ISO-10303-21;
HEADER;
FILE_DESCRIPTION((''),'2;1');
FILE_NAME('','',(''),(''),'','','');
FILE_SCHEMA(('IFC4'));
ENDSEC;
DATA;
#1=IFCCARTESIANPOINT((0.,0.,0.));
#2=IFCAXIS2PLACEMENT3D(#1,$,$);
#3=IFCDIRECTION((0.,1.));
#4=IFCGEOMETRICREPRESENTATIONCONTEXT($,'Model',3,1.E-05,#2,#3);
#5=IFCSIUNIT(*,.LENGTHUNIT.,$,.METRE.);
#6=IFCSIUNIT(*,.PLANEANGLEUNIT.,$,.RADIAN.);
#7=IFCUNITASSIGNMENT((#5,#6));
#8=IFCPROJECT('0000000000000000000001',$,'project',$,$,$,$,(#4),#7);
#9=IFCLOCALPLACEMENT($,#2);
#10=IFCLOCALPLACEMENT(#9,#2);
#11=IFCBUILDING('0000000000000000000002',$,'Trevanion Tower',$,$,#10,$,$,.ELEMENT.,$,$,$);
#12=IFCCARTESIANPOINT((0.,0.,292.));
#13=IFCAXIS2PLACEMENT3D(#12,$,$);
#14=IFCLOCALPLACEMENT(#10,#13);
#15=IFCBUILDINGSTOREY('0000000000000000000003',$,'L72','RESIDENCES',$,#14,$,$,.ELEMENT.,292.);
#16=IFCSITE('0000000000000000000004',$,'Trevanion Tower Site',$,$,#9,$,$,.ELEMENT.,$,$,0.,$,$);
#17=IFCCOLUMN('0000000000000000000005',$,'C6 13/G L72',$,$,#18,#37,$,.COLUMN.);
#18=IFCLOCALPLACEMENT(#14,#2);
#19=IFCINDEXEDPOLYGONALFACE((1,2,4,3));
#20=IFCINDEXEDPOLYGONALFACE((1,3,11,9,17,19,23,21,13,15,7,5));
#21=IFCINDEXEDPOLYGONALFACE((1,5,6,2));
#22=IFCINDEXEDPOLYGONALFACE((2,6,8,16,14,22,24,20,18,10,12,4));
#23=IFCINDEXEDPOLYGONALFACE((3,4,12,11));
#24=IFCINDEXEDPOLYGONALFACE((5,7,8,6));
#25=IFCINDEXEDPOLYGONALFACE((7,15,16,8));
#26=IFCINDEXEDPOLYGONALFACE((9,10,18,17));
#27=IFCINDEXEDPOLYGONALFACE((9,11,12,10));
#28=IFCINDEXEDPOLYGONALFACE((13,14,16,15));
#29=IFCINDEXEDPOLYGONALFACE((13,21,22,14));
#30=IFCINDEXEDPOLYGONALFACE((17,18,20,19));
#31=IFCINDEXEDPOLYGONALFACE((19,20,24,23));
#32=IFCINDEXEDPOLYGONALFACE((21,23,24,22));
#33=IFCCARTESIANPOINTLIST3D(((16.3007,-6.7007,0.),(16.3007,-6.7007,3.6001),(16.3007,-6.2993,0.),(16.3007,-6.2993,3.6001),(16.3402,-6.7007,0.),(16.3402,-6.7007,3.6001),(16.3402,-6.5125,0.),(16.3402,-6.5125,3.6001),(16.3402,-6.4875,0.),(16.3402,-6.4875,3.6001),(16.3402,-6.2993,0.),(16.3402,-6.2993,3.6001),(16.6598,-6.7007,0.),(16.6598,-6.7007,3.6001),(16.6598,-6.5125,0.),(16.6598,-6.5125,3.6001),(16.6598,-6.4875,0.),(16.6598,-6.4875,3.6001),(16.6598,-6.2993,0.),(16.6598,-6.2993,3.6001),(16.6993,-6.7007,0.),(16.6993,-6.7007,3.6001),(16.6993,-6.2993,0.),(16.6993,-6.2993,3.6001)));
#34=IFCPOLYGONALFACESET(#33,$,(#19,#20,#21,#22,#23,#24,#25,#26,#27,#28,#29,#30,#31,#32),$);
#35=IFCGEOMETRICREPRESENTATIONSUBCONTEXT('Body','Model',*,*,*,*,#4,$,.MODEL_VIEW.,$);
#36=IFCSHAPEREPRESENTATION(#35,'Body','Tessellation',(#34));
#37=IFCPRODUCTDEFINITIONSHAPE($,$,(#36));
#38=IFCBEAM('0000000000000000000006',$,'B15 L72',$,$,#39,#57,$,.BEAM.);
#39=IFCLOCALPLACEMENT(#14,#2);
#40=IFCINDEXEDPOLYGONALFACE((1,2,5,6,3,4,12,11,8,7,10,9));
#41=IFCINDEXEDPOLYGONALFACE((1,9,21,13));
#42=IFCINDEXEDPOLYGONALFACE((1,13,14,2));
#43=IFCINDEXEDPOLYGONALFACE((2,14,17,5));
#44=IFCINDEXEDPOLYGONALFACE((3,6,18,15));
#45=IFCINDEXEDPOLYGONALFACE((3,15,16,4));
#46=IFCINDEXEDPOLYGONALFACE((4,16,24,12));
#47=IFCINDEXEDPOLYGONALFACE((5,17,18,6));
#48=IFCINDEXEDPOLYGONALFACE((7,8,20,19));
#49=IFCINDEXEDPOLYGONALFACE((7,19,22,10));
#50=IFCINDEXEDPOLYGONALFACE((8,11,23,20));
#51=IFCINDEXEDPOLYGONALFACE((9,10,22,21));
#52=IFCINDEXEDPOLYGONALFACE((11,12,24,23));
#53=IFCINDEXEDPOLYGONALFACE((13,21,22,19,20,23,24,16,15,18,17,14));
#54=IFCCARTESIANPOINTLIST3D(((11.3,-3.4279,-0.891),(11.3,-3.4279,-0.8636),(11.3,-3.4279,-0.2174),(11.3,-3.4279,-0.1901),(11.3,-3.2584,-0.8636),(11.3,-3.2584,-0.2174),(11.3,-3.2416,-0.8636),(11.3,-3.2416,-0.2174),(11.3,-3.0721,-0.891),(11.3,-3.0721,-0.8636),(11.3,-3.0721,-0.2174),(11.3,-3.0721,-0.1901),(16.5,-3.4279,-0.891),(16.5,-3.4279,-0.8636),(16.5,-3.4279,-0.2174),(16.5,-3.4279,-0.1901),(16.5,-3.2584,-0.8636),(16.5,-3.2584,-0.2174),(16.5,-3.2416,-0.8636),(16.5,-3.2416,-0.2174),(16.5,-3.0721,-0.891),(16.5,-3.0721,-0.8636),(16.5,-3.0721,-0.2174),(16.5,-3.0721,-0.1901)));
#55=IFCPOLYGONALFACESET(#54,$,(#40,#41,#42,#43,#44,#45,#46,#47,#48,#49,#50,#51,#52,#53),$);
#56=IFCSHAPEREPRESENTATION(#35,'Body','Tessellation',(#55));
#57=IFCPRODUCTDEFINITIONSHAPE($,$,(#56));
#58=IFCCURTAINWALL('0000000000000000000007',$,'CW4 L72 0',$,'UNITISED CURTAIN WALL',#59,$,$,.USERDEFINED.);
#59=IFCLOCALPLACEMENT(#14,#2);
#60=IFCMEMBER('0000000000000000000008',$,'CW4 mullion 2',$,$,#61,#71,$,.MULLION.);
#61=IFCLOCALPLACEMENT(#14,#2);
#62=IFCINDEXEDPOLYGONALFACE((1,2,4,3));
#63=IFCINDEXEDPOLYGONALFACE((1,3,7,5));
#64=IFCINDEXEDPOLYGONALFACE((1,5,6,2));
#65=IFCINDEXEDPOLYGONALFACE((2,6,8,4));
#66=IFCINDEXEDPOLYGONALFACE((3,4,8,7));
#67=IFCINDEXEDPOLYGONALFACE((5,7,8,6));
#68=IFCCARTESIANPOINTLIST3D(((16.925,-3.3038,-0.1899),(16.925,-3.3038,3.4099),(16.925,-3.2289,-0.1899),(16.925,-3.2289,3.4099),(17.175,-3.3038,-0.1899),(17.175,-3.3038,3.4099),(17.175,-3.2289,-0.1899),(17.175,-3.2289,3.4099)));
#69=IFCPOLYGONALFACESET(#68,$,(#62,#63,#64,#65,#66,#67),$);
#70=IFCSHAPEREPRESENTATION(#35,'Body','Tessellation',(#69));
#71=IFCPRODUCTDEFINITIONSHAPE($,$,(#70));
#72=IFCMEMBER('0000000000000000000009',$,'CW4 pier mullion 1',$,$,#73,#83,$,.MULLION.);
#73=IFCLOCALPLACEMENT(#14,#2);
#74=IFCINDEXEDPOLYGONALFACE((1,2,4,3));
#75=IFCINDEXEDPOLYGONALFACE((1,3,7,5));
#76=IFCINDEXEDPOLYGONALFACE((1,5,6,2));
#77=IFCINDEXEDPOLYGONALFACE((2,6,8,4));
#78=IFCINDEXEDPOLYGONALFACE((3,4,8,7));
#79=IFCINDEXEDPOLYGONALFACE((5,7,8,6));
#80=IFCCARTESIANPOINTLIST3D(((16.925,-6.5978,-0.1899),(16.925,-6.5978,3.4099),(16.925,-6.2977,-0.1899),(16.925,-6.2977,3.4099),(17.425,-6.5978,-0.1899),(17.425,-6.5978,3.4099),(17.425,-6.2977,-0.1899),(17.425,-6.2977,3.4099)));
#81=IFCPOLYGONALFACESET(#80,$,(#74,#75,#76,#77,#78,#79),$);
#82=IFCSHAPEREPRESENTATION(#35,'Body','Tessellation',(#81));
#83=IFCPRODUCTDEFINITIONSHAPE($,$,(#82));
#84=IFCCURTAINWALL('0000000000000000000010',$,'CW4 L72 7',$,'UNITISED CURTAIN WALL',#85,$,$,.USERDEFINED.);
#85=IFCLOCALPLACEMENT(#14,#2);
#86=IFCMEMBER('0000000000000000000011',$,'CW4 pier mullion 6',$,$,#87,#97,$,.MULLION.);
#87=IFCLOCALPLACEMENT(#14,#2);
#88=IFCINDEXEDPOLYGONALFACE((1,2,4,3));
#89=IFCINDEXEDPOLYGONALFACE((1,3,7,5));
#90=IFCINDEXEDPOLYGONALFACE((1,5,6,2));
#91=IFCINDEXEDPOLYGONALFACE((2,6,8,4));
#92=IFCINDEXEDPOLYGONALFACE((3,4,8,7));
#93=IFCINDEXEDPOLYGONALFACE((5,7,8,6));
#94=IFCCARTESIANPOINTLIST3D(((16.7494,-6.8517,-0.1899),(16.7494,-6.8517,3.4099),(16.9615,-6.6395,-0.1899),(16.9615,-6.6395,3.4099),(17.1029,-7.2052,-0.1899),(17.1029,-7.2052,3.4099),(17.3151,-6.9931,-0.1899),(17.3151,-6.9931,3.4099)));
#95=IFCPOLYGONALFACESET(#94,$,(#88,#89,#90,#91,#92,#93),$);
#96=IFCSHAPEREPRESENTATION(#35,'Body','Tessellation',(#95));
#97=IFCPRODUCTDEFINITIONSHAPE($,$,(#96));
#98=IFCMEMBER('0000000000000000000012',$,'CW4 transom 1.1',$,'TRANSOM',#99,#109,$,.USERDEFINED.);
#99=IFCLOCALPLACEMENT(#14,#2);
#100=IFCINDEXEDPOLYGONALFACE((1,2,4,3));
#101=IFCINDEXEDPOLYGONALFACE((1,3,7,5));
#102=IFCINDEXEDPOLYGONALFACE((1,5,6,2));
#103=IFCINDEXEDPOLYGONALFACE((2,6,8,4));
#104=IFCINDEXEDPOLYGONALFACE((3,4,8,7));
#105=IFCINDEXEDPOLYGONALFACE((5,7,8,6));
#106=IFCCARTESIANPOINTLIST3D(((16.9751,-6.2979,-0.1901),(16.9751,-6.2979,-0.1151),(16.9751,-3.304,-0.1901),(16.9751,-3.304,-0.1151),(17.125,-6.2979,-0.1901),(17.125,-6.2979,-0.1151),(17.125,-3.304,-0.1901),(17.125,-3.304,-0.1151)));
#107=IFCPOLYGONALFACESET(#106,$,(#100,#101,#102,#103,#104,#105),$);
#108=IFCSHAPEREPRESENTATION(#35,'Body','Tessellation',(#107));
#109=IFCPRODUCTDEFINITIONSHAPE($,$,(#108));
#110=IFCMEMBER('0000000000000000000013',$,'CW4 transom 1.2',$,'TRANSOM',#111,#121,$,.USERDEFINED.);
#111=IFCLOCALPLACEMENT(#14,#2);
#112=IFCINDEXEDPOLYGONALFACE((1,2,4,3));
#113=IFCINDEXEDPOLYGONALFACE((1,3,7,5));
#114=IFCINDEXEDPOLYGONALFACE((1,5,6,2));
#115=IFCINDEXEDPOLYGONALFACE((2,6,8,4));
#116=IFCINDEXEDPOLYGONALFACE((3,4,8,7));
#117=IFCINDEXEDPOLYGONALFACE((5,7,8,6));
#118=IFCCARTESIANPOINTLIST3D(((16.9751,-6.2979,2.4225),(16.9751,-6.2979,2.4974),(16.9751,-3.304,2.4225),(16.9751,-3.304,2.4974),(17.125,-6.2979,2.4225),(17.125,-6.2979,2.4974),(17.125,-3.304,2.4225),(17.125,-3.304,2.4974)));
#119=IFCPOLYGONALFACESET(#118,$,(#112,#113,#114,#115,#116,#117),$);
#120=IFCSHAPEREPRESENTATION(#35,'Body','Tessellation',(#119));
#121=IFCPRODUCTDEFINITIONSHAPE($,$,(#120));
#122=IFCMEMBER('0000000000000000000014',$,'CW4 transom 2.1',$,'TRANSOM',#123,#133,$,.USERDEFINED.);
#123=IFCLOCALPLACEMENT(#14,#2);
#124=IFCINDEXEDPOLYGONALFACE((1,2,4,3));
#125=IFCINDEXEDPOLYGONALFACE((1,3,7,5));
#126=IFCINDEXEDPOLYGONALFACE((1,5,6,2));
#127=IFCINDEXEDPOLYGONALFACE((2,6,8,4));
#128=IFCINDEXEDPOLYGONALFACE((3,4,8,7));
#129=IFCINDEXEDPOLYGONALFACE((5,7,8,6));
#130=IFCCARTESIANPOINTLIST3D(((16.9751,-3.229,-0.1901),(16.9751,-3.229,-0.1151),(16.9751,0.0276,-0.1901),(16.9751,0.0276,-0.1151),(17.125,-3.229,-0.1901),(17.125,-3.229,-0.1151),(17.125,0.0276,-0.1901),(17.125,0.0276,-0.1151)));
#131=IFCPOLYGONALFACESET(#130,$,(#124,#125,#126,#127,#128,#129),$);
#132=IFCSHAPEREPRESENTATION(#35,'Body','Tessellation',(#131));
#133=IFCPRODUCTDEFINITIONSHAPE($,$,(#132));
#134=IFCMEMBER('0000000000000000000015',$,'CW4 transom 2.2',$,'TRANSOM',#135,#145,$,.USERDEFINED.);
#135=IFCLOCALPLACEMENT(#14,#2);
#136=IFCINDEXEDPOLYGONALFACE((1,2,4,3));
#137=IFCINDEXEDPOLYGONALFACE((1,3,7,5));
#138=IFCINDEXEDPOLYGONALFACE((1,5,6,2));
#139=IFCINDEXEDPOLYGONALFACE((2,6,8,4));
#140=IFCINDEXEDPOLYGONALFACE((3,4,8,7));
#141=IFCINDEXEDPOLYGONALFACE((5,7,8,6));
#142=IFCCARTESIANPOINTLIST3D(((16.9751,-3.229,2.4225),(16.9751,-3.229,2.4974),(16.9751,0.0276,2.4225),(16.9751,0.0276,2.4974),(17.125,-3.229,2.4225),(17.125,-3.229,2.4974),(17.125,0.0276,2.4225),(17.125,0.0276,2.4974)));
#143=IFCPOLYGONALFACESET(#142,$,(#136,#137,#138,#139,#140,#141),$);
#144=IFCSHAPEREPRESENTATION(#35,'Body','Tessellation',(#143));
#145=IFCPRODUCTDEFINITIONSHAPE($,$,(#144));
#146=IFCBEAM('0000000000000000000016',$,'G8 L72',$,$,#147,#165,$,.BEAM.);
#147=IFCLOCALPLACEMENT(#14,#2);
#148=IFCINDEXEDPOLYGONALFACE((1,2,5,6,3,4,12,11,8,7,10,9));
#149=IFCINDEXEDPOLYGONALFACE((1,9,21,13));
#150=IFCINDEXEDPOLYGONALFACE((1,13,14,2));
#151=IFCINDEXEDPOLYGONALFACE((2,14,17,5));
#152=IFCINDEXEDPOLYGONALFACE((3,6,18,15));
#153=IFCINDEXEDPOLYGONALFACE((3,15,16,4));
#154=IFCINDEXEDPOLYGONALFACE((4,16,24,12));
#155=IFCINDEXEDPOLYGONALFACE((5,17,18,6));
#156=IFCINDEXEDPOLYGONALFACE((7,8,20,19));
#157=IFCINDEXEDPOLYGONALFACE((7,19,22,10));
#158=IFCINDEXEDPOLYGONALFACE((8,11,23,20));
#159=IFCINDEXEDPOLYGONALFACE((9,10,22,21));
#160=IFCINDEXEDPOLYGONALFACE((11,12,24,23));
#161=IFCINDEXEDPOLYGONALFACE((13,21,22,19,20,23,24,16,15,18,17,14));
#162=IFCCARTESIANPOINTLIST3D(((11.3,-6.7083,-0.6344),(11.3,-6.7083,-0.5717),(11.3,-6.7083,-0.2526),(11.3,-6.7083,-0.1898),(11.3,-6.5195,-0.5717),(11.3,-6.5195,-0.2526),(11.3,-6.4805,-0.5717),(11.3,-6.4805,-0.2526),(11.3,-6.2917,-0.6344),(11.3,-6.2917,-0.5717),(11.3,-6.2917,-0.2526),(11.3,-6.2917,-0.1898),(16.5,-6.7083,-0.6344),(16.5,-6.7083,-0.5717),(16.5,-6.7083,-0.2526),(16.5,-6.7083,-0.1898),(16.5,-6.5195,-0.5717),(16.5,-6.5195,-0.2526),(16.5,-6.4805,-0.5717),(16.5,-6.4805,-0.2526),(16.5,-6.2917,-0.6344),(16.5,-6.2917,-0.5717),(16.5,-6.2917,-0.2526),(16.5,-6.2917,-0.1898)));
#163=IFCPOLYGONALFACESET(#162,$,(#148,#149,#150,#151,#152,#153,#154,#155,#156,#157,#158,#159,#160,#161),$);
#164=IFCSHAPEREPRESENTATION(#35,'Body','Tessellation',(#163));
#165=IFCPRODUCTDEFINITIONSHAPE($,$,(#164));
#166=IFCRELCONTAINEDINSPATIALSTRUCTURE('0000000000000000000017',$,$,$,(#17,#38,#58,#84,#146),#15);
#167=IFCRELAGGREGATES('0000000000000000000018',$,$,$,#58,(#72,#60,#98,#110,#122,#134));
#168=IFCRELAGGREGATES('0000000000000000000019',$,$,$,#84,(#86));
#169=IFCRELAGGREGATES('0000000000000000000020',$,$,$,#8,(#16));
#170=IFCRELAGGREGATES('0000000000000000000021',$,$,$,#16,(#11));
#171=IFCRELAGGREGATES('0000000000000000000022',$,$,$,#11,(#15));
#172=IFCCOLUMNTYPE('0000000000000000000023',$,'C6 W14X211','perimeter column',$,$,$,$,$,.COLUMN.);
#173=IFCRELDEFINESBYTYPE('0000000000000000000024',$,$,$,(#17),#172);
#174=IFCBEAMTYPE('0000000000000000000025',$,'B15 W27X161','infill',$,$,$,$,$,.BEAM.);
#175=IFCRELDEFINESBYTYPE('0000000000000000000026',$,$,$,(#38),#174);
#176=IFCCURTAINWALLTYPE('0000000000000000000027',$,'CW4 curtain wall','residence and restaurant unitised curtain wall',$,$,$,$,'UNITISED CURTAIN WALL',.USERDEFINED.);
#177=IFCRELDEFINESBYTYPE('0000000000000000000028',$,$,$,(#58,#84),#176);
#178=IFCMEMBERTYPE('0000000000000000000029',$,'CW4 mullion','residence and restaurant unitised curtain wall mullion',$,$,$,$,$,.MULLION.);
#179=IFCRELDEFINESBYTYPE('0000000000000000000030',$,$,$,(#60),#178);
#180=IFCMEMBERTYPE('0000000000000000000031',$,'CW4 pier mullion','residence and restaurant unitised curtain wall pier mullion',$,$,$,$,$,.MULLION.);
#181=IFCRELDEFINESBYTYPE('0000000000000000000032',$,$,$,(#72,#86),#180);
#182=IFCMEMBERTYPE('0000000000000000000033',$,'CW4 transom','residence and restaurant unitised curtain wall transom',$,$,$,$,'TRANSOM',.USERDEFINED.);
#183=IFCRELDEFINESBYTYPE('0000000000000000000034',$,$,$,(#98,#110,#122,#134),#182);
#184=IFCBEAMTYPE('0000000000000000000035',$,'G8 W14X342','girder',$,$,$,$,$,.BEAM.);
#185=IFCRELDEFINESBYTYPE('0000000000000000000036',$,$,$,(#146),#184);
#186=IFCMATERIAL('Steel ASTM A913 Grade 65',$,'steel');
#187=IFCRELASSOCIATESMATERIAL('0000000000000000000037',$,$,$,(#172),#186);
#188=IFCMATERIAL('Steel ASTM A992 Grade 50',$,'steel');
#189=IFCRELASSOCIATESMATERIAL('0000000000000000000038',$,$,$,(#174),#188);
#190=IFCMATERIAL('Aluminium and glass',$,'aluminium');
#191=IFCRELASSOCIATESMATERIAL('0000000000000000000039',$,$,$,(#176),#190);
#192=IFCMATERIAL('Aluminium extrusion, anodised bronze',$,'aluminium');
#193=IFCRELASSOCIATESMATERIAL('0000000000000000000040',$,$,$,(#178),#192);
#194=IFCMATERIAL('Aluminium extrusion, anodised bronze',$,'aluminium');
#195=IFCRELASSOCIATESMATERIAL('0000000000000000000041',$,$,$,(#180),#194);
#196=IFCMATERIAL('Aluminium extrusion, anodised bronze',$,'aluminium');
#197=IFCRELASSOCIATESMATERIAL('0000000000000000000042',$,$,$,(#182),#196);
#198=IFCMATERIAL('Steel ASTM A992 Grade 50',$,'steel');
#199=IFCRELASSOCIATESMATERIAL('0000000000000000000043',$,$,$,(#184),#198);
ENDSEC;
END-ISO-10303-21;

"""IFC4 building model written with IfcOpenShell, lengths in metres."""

from ifc_helpers import new_model, si_unit, direction, frame, origin, origin_2d, place, context, subcontext, project, spatial, rectangle, i_section, extrude, material, material_profile, profile_set, type_object, element, aggregate, save


model = new_model("IFC4")

# Units and contexts
model_context = context("Model", 3, precision=1e-05, world=origin(), true_north=direction((0.0, 1.0)))
body_context = subcontext(model_context, "Body", "Model", "MODEL_VIEW")
ifc_project = project(units=[si_unit("LENGTHUNIT", "METRE"), si_unit("PLANEANGLEUNIT", "RADIAN")], contexts=[model_context])

# Site, building, storey
site_placement = place(None, origin())
site = spatial("IfcSite", under=ifc_project, at=site_placement, Name="Trevanion Tower Site", CompositionType="ELEMENT", RefElevation=0.0)
building_placement = place(site_placement, origin())
building = spatial("IfcBuilding", under=site, at=building_placement, Name="Trevanion Tower", CompositionType="ELEMENT")
storey_placement = place(building_placement, frame((0.0, 0.0, 292.0)))
storey = spatial("IfcBuildingStorey", under=building, at=storey_placement, Name="L72", Description="RESIDENCES", CompositionType="ELEMENT", Elevation=292.0)

# Column
ifc_material_1 = material(Name="Steel ASTM A913 Grade 65", Category="steel")
ifc_material_profile_1 = material_profile(ifc_material_1, i_section(OverallWidth=0.4014, OverallDepth=0.3987, WebThickness=0.0249, FlangeThickness=0.0396, at=origin_2d()), Name="W14X211")
ifc_profile_set_1 = profile_set([ifc_material_profile_1], Name="Steel ASTM A913 Grade 65")
column_type = type_object("IfcColumnType", Name="C6 W14X211", Description="perimeter column", PredefinedType="COLUMN", material=ifc_profile_set_1)
column_placement = place(storey_placement, frame((16.5, -6.5, 0.0), z_axis=(0.0, 0.0, 1.0), x_axis=(0.0, 1.0, 0.0)))
element("IfcColumn", 1, at=column_placement, inside=storey, type_object=column_type, Name="C6 13/G L72", PredefinedType="COLUMN", context=body_context, shape_type="SweptSolid", body=[
    extrude(i_section(OverallWidth=0.4014, OverallDepth=0.3987, WebThickness=0.0249, FlangeThickness=0.0396, at=origin_2d()), origin(), (0.0, 0.0, 1.0), 3.6001),
])

# Beam
ifc_material_2 = material(Name="Steel ASTM A992 Grade 50", Category="steel")
ifc_material_profile_2 = material_profile(ifc_material_2, i_section(OverallWidth=0.3557, OverallDepth=0.7009, WebThickness=0.0168, FlangeThickness=0.0273, at=origin_2d()), Name="W27X161")
ifc_profile_set_2 = profile_set([ifc_material_profile_2], Name="Steel ASTM A992 Grade 50")
beam_type_1 = type_object("IfcBeamType", Name="B15 W27X161", Description="infill", PredefinedType="BEAM", material=ifc_profile_set_2)
beam_1_placement = place(storey_placement, frame((11.3, -3.25, -0.5405), z_axis=(1.0, 0.0, 0.0), x_axis=(0.0, 1.0, 0.0)))
element("IfcBeam", 2, at=beam_1_placement, inside=storey, type_object=beam_type_1, Name="B15 L72", PredefinedType="BEAM", context=body_context, shape_type="SweptSolid", body=[
    extrude(i_section(OverallWidth=0.3557, OverallDepth=0.7009, WebThickness=0.0168, FlangeThickness=0.0273, at=origin_2d()), origin(), (0.0, 0.0, 1.0), 5.2),
])

# Curtain wall, members
ifc_material_3 = material(Name="Aluminium and glass", Category="aluminium")
curtain_wall_type = type_object("IfcCurtainWallType", Name="CW4 curtain wall", Description="residence and restaurant unitised curtain wall", ElementType="UNITISED CURTAIN WALL", PredefinedType="USERDEFINED", material=ifc_material_3)
curtain_wall_1_placement = place(storey_placement, origin())
curtain_wall_1 = element("IfcCurtainWall", 3, at=curtain_wall_1_placement, inside=storey, type_object=curtain_wall_type, Name="CW4 L72 0", ObjectType="UNITISED CURTAIN WALL", PredefinedType="USERDEFINED")
ifc_material_4 = material(Name="Aluminium extrusion, anodised bronze", Category="aluminium")
ifc_material_profile_3 = material_profile(ifc_material_4, rectangle(XDim=0.075, YDim=0.25, at=origin_2d()), Name="CW4 mullion")
ifc_profile_set_3 = profile_set([ifc_material_profile_3], Name="Aluminium extrusion, anodised bronze")
member_type_1 = type_object("IfcMemberType", Name="CW4 mullion", Description="residence and restaurant unitised curtain wall mullion", PredefinedType="MULLION", material=ifc_profile_set_3)
member_1_placement = place(storey_placement, frame((17.05, -3.2664, -0.1899), z_axis=(0.0, 0.0, 1.0), x_axis=(0.0, 1.0, 0.0)))
member_1 = element("IfcMember", 4, at=member_1_placement, type_object=member_type_1, Name="CW4 mullion 2", PredefinedType="MULLION", context=body_context, shape_type="SweptSolid", body=[
    extrude(rectangle(XDim=0.075, YDim=0.25, at=origin_2d()), origin(), (0.0, 0.0, 1.0), 3.5999),
])
ifc_material_5 = material(Name="Aluminium extrusion, anodised bronze", Category="aluminium")
ifc_material_profile_4 = material_profile(ifc_material_5, rectangle(XDim=0.3, YDim=0.5, at=origin_2d()), Name="CW4 pier mullion")
ifc_profile_set_4 = profile_set([ifc_material_profile_4], Name="Aluminium extrusion, anodised bronze")
member_type_2 = type_object("IfcMemberType", Name="CW4 pier mullion", Description="residence and restaurant unitised curtain wall pier mullion", PredefinedType="MULLION", material=ifc_profile_set_4)
member_2_placement = place(storey_placement, frame((17.175, -6.4478, -0.1899), z_axis=(0.0, 0.0, 1.0), x_axis=(0.0, 1.0, 0.0)))
member_2 = element("IfcMember", 5, at=member_2_placement, type_object=member_type_2, Name="CW4 pier mullion 1", PredefinedType="MULLION", context=body_context, shape_type="SweptSolid", body=[
    extrude(rectangle(XDim=0.3, YDim=0.5, at=origin_2d()), origin(), (0.0, 0.0, 1.0), 3.5999),
])

# Curtain wall, member
curtain_wall_2_placement = place(storey_placement, origin())
curtain_wall_2 = element("IfcCurtainWall", 6, at=curtain_wall_2_placement, inside=storey, type_object=curtain_wall_type, Name="CW4 L72 7", ObjectType="UNITISED CURTAIN WALL", PredefinedType="USERDEFINED")
member_3_placement = place(storey_placement, frame((17.0322, -6.9224, -0.1899), z_axis=(0.0, 0.0, 1.0), x_axis=(0.707107, 0.707107, 0.0)))
member_3 = element("IfcMember", 7, at=member_3_placement, type_object=member_type_2, Name="CW4 pier mullion 6", PredefinedType="MULLION", context=body_context, shape_type="SweptSolid", body=[
    extrude(rectangle(XDim=0.3, YDim=0.5, at=origin_2d()), origin(), (0.0, 0.0, 1.0), 3.5999),
])

# Members
ifc_material_6 = material(Name="Aluminium extrusion, anodised bronze", Category="aluminium")
ifc_material_profile_5 = material_profile(ifc_material_6, rectangle(XDim=0.1499, YDim=0.075, at=origin_2d()), Name="CW4 transom")
ifc_profile_set_5 = profile_set([ifc_material_profile_5], Name="Aluminium extrusion, anodised bronze")
member_type_3 = type_object("IfcMemberType", Name="CW4 transom", Description="residence and restaurant unitised curtain wall transom", ElementType="TRANSOM", PredefinedType="USERDEFINED", material=ifc_profile_set_5)
member_4_placement = place(storey_placement, frame((17.05, -6.2979, -0.1526), z_axis=(0.0, 1.0, 0.0), x_axis=(-1.0, 0.0, 0.0)))
member_4 = element("IfcMember", 8, at=member_4_placement, type_object=member_type_3, Name="CW4 transom 1.1", ObjectType="TRANSOM", PredefinedType="USERDEFINED", context=body_context, shape_type="SweptSolid", body=[
    extrude(rectangle(XDim=0.1499, YDim=0.075, at=origin_2d()), origin(), (0.0, 0.0, 1.0), 2.9939),
])
member_5_placement = place(storey_placement, frame((17.05, -6.2979, 2.46), z_axis=(0.0, 1.0, 0.0), x_axis=(-1.0, 0.0, 0.0)))
member_5 = element("IfcMember", 9, at=member_5_placement, type_object=member_type_3, Name="CW4 transom 1.2", ObjectType="TRANSOM", PredefinedType="USERDEFINED", context=body_context, shape_type="SweptSolid", body=[
    extrude(rectangle(XDim=0.1499, YDim=0.075, at=origin_2d()), origin(), (0.0, 0.0, 1.0), 2.9939),
])
member_6_placement = place(storey_placement, frame((17.05, -3.229, -0.1526), z_axis=(0.0, 1.0, 0.0), x_axis=(-1.0, 0.0, 0.0)))
member_6 = element("IfcMember", 10, at=member_6_placement, type_object=member_type_3, Name="CW4 transom 2.1", ObjectType="TRANSOM", PredefinedType="USERDEFINED", context=body_context, shape_type="SweptSolid", body=[
    extrude(rectangle(XDim=0.1499, YDim=0.075, at=origin_2d()), origin(), (0.0, 0.0, 1.0), 3.2566),
])
member_7_placement = place(storey_placement, frame((17.05, -3.229, 2.46), z_axis=(0.0, 1.0, 0.0), x_axis=(-1.0, 0.0, 0.0)))
member_7 = element("IfcMember", 11, at=member_7_placement, type_object=member_type_3, Name="CW4 transom 2.2", ObjectType="TRANSOM", PredefinedType="USERDEFINED", context=body_context, shape_type="SweptSolid", body=[
    extrude(rectangle(XDim=0.1499, YDim=0.075, at=origin_2d()), origin(), (0.0, 0.0, 1.0), 3.2566),
])

# Beam
ifc_material_7 = material(Name="Steel ASTM A992 Grade 50", Category="steel")
ifc_material_profile_6 = material_profile(ifc_material_7, i_section(OverallWidth=0.4165, OverallDepth=0.4446, WebThickness=0.0391, FlangeThickness=0.0627, at=origin_2d()), Name="W14X342")
ifc_profile_set_6 = profile_set([ifc_material_profile_6], Name="Steel ASTM A992 Grade 50")
beam_type_2 = type_object("IfcBeamType", Name="G8 W14X342", Description="girder", PredefinedType="BEAM", material=ifc_profile_set_6)
beam_2_placement = place(storey_placement, frame((11.3, -6.5, -0.4121), z_axis=(1.0, 0.0, 0.0), x_axis=(0.0, 1.0, 0.0)))
element("IfcBeam", 12, at=beam_2_placement, inside=storey, type_object=beam_type_2, Name="G8 L72", PredefinedType="BEAM", context=body_context, shape_type="SweptSolid", body=[
    extrude(i_section(OverallWidth=0.4165, OverallDepth=0.4446, WebThickness=0.0391, FlangeThickness=0.0627, at=origin_2d()), origin(), (0.0, 0.0, 1.0), 5.2),
])

aggregate(curtain_wall_1, [member_2, member_1, member_4, member_5, member_6, member_7])
aggregate(curtain_wall_2, [member_3])

save(model, "model.ifc")
